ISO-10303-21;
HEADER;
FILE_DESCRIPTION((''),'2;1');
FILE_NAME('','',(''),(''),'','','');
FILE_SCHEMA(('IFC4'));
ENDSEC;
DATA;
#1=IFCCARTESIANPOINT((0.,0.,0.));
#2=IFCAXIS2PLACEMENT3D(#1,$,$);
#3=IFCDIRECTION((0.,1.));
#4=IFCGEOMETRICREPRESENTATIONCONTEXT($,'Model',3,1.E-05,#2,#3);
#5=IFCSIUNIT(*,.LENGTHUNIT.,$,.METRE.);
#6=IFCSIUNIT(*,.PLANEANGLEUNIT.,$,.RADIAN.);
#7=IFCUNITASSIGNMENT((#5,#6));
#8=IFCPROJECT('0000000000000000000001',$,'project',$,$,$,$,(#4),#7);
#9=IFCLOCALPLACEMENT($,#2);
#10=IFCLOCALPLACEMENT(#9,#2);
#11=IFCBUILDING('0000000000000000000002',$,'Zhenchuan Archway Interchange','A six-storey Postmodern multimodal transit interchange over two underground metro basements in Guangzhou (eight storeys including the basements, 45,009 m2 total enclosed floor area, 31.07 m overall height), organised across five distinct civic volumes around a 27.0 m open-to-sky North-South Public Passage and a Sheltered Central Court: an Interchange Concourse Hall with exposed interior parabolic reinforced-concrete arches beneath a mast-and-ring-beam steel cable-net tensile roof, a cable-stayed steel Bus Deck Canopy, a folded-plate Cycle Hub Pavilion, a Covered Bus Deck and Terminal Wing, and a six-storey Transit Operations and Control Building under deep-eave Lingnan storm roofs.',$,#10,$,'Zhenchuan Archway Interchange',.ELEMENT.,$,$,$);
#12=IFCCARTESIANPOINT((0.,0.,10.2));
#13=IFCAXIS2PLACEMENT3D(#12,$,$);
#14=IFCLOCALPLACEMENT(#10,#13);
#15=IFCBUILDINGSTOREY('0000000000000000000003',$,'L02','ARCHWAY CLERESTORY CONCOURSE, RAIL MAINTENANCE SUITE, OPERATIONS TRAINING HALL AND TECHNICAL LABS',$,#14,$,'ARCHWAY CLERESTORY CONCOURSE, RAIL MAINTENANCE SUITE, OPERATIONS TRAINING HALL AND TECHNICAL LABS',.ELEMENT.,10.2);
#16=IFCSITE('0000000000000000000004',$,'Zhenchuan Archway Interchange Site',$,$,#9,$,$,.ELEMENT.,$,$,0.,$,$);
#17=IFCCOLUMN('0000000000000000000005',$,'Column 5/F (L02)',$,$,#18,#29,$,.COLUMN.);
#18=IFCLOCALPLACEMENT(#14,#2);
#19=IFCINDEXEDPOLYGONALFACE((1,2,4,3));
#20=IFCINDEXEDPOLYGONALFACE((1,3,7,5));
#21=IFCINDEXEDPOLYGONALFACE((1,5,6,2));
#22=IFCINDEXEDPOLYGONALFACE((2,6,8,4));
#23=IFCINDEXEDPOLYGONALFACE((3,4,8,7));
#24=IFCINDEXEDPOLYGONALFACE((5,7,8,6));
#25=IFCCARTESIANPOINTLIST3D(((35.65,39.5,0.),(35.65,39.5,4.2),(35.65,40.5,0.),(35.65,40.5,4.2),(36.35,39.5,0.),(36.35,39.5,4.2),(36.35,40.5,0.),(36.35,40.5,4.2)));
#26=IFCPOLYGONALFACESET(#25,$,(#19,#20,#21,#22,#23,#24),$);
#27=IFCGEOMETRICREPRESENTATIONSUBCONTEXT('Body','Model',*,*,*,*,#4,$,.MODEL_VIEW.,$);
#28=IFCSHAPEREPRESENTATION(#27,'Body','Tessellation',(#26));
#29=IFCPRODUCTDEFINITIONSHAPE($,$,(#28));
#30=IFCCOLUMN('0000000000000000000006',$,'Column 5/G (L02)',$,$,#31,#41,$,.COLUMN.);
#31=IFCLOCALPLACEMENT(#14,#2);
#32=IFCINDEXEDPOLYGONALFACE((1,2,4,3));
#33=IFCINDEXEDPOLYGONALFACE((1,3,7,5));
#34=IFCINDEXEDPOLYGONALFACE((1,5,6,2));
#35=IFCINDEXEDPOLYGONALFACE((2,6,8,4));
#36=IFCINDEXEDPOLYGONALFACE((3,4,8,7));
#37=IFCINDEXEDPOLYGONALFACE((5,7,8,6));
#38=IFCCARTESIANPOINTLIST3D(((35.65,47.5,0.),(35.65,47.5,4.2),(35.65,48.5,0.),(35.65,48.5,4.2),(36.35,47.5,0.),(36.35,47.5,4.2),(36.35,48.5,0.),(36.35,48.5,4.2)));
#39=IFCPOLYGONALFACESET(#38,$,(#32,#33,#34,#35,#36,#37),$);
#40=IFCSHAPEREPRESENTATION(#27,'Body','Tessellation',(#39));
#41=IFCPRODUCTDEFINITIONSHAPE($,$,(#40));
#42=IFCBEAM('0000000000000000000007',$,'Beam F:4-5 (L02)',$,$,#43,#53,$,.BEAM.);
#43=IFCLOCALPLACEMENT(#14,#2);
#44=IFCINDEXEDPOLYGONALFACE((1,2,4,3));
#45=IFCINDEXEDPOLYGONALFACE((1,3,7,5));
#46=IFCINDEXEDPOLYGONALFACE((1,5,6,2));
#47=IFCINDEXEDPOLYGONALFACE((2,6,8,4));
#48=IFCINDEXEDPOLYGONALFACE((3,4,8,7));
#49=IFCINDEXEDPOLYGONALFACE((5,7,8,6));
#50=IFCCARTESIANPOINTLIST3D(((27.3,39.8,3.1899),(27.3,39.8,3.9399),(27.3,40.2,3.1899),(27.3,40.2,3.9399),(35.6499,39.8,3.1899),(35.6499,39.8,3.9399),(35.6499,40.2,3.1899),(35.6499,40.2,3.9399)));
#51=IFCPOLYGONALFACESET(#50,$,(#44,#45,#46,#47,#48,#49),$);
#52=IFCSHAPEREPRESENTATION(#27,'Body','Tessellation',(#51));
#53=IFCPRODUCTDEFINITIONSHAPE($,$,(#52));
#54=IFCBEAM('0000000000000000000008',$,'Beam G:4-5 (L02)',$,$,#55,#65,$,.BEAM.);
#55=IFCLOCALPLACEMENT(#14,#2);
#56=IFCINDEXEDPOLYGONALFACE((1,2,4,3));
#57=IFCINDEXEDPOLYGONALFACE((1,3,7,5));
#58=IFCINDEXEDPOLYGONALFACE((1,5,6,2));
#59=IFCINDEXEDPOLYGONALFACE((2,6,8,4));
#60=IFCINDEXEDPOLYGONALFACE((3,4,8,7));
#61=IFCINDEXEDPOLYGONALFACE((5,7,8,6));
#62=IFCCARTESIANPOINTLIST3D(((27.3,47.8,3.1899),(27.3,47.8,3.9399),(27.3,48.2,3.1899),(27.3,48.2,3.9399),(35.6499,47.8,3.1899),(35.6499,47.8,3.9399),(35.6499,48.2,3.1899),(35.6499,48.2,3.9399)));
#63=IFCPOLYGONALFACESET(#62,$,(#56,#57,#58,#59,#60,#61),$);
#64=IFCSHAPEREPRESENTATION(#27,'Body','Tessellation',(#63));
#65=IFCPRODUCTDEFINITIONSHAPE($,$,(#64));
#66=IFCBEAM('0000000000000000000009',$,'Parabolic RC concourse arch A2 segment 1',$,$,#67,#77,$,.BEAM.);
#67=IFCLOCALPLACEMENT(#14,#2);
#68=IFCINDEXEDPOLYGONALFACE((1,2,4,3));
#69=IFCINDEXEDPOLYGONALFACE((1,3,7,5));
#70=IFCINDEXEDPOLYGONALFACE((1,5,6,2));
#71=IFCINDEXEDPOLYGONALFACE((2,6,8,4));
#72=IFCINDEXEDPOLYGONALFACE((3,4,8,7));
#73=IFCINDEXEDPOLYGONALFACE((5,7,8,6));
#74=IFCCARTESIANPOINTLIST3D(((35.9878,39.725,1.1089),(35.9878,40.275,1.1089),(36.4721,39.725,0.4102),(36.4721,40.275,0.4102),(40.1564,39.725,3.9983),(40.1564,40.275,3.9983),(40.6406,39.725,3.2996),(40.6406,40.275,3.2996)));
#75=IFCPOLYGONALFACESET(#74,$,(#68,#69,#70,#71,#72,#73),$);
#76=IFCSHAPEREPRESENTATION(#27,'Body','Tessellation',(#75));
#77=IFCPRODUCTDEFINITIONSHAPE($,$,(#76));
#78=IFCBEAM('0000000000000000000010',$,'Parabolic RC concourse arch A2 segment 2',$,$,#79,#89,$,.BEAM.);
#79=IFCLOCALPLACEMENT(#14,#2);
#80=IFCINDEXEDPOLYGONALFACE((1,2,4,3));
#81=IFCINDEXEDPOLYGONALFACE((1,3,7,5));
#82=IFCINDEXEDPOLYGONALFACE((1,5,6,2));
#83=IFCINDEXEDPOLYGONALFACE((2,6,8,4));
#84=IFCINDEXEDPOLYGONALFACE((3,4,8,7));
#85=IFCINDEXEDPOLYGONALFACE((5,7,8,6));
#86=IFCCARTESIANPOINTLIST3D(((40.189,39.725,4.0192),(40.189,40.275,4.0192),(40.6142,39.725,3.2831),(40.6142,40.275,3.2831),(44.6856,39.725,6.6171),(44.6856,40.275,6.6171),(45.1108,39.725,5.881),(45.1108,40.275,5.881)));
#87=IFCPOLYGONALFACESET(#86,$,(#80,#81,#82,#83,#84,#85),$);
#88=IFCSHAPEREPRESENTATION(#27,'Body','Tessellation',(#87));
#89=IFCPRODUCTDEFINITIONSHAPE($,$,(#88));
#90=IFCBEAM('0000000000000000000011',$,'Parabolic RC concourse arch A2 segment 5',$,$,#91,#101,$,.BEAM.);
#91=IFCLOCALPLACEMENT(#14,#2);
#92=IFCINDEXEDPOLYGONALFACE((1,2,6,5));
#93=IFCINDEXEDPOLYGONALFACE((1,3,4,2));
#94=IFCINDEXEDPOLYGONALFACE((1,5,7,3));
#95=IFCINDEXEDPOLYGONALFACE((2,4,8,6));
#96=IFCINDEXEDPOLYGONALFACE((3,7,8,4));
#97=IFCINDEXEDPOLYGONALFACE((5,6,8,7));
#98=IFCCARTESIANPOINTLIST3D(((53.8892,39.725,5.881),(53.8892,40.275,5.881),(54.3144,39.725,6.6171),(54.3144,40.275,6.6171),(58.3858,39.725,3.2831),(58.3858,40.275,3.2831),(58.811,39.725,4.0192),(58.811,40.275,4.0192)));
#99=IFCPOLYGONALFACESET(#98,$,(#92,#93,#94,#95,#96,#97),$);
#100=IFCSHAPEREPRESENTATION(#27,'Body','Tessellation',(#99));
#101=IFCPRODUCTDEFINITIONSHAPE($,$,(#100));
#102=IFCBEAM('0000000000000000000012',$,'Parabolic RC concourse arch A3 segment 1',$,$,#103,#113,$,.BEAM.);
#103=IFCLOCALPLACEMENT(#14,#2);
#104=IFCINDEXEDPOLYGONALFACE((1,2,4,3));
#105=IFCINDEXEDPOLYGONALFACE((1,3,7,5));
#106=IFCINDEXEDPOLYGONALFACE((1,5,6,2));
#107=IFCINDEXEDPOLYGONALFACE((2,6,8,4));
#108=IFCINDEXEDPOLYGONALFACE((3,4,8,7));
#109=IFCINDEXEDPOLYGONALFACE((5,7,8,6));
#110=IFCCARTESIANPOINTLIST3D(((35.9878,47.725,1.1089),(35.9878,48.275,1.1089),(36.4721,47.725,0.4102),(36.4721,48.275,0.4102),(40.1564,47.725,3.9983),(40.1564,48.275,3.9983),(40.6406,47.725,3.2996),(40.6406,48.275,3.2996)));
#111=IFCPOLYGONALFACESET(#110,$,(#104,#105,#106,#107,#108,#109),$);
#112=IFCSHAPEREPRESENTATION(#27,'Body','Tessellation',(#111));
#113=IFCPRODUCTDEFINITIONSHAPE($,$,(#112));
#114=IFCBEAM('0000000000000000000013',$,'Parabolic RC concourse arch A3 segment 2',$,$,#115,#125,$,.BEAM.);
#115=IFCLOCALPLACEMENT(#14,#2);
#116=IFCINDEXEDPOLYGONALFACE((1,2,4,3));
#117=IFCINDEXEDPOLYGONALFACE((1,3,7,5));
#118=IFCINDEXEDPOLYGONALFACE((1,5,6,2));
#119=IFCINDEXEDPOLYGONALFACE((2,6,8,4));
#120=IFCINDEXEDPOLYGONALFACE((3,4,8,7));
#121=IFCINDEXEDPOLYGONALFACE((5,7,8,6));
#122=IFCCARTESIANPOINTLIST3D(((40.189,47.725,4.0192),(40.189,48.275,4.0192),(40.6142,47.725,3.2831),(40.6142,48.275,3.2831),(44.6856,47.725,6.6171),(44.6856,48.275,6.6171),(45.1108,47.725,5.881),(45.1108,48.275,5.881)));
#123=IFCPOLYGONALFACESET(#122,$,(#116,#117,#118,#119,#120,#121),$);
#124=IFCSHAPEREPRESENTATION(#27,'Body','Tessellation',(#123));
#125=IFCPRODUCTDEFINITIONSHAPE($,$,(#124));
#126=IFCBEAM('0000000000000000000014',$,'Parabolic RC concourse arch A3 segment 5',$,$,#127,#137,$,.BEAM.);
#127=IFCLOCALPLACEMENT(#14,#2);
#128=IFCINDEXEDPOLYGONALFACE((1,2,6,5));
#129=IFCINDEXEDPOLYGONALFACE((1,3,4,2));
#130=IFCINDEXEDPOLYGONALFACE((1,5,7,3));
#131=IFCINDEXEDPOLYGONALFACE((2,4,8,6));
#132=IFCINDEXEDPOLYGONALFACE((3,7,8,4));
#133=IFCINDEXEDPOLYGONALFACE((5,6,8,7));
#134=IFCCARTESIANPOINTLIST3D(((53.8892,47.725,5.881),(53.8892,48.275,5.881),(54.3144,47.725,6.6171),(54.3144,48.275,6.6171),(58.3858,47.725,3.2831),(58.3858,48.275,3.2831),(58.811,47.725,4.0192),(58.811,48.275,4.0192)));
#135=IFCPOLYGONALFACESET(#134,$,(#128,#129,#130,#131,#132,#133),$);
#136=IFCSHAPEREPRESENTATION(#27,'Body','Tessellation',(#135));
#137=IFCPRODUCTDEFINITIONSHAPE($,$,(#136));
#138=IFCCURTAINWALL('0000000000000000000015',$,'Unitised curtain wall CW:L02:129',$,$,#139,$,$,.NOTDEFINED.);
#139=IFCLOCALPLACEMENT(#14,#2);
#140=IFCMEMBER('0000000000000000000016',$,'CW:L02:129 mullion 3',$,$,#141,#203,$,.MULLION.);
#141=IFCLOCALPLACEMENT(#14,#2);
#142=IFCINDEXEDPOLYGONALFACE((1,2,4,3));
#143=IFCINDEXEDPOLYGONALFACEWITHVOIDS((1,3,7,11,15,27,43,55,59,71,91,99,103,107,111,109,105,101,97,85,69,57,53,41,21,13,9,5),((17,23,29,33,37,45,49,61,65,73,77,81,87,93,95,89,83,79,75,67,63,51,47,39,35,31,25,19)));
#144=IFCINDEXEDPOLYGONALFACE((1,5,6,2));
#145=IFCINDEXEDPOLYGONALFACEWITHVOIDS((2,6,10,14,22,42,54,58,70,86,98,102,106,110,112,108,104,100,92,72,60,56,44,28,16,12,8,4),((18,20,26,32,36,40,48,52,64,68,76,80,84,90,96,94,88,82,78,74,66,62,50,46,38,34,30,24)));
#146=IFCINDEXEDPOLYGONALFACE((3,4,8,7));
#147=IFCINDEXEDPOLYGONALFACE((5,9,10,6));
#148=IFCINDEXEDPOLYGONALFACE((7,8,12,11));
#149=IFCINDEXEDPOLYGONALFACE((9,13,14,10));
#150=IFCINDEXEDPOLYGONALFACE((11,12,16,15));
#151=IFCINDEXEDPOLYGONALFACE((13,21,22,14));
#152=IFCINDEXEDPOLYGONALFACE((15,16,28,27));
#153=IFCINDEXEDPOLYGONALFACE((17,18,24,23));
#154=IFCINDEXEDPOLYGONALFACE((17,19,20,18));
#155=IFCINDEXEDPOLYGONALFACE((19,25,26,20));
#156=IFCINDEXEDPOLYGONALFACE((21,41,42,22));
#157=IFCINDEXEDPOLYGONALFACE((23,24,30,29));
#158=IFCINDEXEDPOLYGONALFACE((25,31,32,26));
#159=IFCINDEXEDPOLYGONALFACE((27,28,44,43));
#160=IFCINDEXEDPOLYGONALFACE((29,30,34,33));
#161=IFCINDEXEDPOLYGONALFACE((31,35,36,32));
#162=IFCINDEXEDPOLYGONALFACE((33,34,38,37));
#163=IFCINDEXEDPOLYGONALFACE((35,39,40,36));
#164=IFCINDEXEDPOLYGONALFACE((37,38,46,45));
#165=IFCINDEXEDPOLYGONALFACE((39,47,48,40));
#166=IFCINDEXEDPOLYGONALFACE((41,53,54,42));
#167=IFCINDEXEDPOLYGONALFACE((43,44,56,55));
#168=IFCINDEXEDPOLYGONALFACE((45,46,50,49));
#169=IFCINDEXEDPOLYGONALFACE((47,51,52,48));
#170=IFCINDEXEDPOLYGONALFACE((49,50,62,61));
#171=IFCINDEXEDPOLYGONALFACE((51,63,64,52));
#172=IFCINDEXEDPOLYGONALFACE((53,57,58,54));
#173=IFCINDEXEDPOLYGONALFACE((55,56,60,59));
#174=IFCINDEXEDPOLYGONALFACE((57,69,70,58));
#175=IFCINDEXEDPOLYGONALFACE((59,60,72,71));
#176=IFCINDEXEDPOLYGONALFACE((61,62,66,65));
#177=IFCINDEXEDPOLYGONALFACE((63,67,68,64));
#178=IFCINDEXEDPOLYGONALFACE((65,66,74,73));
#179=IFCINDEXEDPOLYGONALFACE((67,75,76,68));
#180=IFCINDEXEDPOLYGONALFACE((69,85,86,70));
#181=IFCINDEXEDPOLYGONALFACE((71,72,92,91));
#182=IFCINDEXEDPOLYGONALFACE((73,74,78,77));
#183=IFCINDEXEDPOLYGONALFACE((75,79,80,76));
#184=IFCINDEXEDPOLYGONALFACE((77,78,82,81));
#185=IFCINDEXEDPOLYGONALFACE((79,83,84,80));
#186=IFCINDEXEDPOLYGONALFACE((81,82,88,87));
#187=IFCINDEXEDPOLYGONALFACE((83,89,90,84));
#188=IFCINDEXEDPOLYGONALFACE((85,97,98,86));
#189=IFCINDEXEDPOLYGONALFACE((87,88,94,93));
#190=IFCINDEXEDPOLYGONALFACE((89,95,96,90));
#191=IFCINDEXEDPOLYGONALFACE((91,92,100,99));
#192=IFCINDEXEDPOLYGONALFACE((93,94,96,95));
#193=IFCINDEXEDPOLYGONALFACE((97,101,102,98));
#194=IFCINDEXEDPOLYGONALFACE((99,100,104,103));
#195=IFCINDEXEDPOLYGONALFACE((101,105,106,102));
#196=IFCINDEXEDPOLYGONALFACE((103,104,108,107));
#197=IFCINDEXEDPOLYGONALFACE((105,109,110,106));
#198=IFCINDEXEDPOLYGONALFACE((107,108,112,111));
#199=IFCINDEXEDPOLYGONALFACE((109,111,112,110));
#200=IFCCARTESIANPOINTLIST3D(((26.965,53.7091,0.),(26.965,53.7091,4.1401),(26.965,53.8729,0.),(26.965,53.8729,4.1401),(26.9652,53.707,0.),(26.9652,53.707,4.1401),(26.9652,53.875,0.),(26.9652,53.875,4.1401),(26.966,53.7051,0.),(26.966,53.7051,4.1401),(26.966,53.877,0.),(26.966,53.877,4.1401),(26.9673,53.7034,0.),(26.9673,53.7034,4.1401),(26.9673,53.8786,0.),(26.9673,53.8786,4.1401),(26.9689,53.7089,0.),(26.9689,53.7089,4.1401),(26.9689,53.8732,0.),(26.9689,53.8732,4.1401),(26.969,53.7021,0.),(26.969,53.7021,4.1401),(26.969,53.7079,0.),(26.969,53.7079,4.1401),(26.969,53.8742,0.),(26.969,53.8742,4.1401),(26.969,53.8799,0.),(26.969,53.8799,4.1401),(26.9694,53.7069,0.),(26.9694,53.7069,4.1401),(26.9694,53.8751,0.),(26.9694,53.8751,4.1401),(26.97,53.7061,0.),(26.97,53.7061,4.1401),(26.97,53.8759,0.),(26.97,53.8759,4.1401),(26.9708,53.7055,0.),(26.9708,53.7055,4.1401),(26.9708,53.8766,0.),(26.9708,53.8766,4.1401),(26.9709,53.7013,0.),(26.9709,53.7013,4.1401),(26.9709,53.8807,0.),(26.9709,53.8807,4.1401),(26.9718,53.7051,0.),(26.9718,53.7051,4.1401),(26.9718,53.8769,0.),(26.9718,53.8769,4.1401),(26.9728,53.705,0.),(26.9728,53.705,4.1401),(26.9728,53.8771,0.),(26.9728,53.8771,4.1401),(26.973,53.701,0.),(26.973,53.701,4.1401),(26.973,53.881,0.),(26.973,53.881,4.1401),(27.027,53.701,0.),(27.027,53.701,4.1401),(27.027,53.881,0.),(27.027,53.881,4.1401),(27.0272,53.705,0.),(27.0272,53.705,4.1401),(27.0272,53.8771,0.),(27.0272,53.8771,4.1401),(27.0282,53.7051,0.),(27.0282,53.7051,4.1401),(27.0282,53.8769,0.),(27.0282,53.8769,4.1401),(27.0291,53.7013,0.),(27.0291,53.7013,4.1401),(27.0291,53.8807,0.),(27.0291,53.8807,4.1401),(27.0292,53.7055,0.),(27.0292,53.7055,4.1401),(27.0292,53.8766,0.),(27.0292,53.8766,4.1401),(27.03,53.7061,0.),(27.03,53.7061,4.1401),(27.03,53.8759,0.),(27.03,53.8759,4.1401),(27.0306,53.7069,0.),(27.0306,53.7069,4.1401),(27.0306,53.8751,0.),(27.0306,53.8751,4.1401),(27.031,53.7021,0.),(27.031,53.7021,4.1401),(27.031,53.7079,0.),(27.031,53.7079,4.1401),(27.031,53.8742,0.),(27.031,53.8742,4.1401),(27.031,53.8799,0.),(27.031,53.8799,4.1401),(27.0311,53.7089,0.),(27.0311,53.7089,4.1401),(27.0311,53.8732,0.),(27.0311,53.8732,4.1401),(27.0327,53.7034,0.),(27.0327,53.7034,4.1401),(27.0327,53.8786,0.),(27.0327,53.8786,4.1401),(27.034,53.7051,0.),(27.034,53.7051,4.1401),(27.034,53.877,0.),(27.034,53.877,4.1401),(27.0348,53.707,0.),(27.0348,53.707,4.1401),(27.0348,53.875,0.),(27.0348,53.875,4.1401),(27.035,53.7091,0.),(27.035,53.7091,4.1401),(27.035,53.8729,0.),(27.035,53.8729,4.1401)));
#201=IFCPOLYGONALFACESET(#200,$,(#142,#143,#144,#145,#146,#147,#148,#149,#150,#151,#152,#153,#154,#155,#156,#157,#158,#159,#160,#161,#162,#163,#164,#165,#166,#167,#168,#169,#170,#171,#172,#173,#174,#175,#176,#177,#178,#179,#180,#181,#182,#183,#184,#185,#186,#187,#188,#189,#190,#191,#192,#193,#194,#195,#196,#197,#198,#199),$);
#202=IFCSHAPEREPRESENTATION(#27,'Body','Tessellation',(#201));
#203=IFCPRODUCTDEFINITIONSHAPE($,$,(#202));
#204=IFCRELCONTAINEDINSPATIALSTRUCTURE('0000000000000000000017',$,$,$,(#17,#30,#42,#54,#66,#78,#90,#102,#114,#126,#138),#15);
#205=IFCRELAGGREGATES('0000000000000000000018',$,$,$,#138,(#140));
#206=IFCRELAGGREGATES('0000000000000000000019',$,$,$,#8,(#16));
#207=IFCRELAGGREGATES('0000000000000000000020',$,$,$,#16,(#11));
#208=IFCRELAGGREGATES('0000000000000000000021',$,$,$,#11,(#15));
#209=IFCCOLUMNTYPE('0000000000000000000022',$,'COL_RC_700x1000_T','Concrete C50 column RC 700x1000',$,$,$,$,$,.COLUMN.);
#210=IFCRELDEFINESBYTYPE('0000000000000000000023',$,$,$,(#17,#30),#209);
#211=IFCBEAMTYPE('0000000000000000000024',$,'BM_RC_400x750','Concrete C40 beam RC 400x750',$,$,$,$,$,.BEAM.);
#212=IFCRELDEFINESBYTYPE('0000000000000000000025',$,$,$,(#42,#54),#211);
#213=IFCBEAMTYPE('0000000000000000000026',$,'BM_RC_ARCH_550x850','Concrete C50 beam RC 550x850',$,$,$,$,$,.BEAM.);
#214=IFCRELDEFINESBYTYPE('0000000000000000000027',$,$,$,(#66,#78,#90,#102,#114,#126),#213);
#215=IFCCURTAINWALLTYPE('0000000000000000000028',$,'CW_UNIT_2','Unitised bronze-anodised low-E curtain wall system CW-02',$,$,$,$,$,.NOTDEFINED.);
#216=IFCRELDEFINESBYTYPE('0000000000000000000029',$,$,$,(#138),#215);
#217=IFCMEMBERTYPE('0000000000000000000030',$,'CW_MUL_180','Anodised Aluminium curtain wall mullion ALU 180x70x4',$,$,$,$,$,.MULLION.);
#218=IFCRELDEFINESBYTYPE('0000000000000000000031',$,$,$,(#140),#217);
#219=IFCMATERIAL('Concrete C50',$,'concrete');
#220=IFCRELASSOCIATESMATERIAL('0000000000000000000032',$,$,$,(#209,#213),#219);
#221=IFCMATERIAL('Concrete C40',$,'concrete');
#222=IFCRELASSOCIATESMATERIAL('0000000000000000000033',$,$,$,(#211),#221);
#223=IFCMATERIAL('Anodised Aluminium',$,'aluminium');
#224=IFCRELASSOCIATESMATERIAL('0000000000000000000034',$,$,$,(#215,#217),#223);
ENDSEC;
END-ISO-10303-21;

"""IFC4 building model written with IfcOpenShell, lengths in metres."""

from ifc_helpers import new_model, si_unit, direction, frame, origin, origin_2d, place, context, subcontext, project, spatial, rectangle, hollow_rectangle, extrude, material, material_profile, profile_set, type_object, element, aggregate, save


model = new_model("IFC4")

# Units and contexts
model_context = context("Model", 3, precision=1e-05, world=origin(), true_north=direction((0.0, 1.0)))
body_context = subcontext(model_context, "Body", "Model", "MODEL_VIEW")
ifc_project = project(units=[si_unit("LENGTHUNIT", "METRE"), si_unit("PLANEANGLEUNIT", "RADIAN")], contexts=[model_context])

# Site, building, storey
site_placement = place(None, origin())
site = spatial("IfcSite", under=ifc_project, at=site_placement, Name="Zhenchuan Archway Interchange Site", CompositionType="ELEMENT", RefElevation=0.0)
building_placement = place(site_placement, origin())
building = spatial("IfcBuilding", under=site, at=building_placement, Name="Zhenchuan Archway Interchange", Description="A six-storey Postmodern multimodal transit interchange over two underground metro basements in Guangzhou (eight storeys including the basements, 45,009 m2 total enclosed floor area, 31.07 m overall height), organised across five distinct civic volumes around a 27.0 m open-to-sky North-South Public Passage and a Sheltered Central Court: an Interchange Concourse Hall with exposed interior parabolic reinforced-concrete arches beneath a mast-and-ring-beam steel cable-net tensile roof, a cable-stayed steel Bus Deck Canopy, a folded-plate Cycle Hub Pavilion, a Covered Bus Deck and Terminal Wing, and a six-storey Transit Operations and Control Building under deep-eave Lingnan storm roofs.", LongName="Zhenchuan Archway Interchange", CompositionType="ELEMENT")
storey_placement = place(building_placement, frame((0.0, 0.0, 10.2)))
storey = spatial("IfcBuildingStorey", under=building, at=storey_placement, Name="L02", Description="ARCHWAY CLERESTORY CONCOURSE, RAIL MAINTENANCE SUITE, OPERATIONS TRAINING HALL AND TECHNICAL LABS", LongName="ARCHWAY CLERESTORY CONCOURSE, RAIL MAINTENANCE SUITE, OPERATIONS TRAINING HALL AND TECHNICAL LABS", CompositionType="ELEMENT", Elevation=10.2)

# Columns
ifc_material_1 = material(Name="Concrete C50", Category="concrete")
ifc_material_profile_1 = material_profile(ifc_material_1, rectangle(XDim=0.7, YDim=1.0, at=origin_2d()), Name="RC 700x1000")
ifc_profile_set_1 = profile_set([ifc_material_profile_1], Name="Concrete C50")
column_type = type_object("IfcColumnType", Name="COL_RC_700x1000_T", Description="Concrete C50 column RC 700x1000", PredefinedType="COLUMN", material=ifc_profile_set_1)
for number, where, z_axis, x_axis, name in (
    (1, (36.0, 40.0, 0.0), (0.0, 0.0, 1.0), (1.0, 0.0, 0.0), "Column 5/F (L02)"),
    (2, (36.0, 48.0, 0.0), (0.0, 0.0, 1.0), (1.0, 0.0, 0.0), "Column 5/G (L02)"),
):
    element("IfcColumn", number, at=place(storey_placement, frame(where, z_axis=z_axis, x_axis=x_axis)), inside=storey, type_object=column_type, Name=name, PredefinedType="COLUMN", context=body_context, shape_type="SweptSolid", body=[
        extrude(rectangle(XDim=0.7, YDim=1.0, at=origin_2d()), origin(), (0.0, 0.0, 1.0), 4.2),
    ])

# Beams
ifc_material_2 = material(Name="Concrete C40", Category="concrete")
ifc_material_profile_2 = material_profile(ifc_material_2, rectangle(XDim=0.3999, YDim=0.75, at=origin_2d()), Name="RC 400x750")
ifc_profile_set_2 = profile_set([ifc_material_profile_2], Name="Concrete C40")
beam_type_1 = type_object("IfcBeamType", Name="BM_RC_400x750", Description="Concrete C40 beam RC 400x750", PredefinedType="BEAM", material=ifc_profile_set_2)
for number, where, z_axis, x_axis, name in (
    (3, (27.3, 40.0, 3.5649), (1.0, 0.0, 0.0), (0.0, 1.0, 0.0), "Beam F:4-5 (L02)"),
    (4, (27.3, 48.0, 3.5649), (1.0, 0.0, 0.0), (0.0, 1.0, 0.0), "Beam G:4-5 (L02)"),
):
    element("IfcBeam", number, at=place(storey_placement, frame(where, z_axis=z_axis, x_axis=x_axis)), inside=storey, type_object=beam_type_1, Name=name, PredefinedType="BEAM", context=body_context, shape_type="SweptSolid", body=[
        extrude(rectangle(XDim=0.3999, YDim=0.75, at=origin_2d()), origin(), (0.0, 0.0, 1.0), 8.3499),
    ])
ifc_material_profile_3 = material_profile(ifc_material_1, rectangle(XDim=0.55, YDim=0.8501, at=origin_2d()), Name="RC 550x850")
ifc_profile_set_3 = profile_set([ifc_material_profile_3], Name="Concrete C50")
beam_type_2 = type_object("IfcBeamType", Name="BM_RC_ARCH_550x850", Description="Concrete C50 beam RC 550x850", PredefinedType="BEAM", material=ifc_profile_set_3)
beam_1_placement = place(storey_placement, frame((36.23, 40.0, 0.7595), z_axis=(0.821865, 0.0, 0.569683), x_axis=(0.0, 1.0, 0.0)))
element("IfcBeam", 5, at=beam_1_placement, inside=storey, type_object=beam_type_2, Name="Parabolic RC concourse arch A2 segment 1", PredefinedType="BEAM", context=body_context, shape_type="SweptSolid", body=[
    extrude(rectangle(XDim=0.55, YDim=0.8501, at=origin_2d()), origin(), (0.0, 0.0, 1.0), 5.072),
])
for number, where, z_axis, x_axis, name in (
    (6, (40.4016, 40.0, 3.6511), (0.865875, 0.0, 0.50026), (0.0, 1.0, 0.0), "Parabolic RC concourse arch A2 segment 2"),
    (7, (54.1018, 40.0, 6.249), (0.865875, 0.0, -0.50026), (0.0, 1.0, 0.0), "Parabolic RC concourse arch A2 segment 5"),
):
    element("IfcBeam", number, at=place(storey_placement, frame(where, z_axis=z_axis, x_axis=x_axis)), inside=storey, type_object=beam_type_2, Name=name, PredefinedType="BEAM", context=body_context, shape_type="SweptSolid", body=[
        extrude(rectangle(XDim=0.55, YDim=0.8501, at=origin_2d()), origin(), (0.0, 0.0, 1.0), 5.1931),
    ])
beam_2_placement = place(storey_placement, frame((36.23, 48.0, 0.7595), z_axis=(0.821865, 0.0, 0.569683), x_axis=(0.0, 1.0, 0.0)))
element("IfcBeam", 8, at=beam_2_placement, inside=storey, type_object=beam_type_2, Name="Parabolic RC concourse arch A3 segment 1", PredefinedType="BEAM", context=body_context, shape_type="SweptSolid", body=[
    extrude(rectangle(XDim=0.55, YDim=0.8501, at=origin_2d()), origin(), (0.0, 0.0, 1.0), 5.072),
])
for number, where, z_axis, x_axis, name in (
    (9, (40.4016, 48.0, 3.6511), (0.865875, 0.0, 0.50026), (0.0, 1.0, 0.0), "Parabolic RC concourse arch A3 segment 2"),
    (10, (54.1018, 48.0, 6.249), (0.865875, 0.0, -0.50026), (0.0, 1.0, 0.0), "Parabolic RC concourse arch A3 segment 5"),
):
    element("IfcBeam", number, at=place(storey_placement, frame(where, z_axis=z_axis, x_axis=x_axis)), inside=storey, type_object=beam_type_2, Name=name, PredefinedType="BEAM", context=body_context, shape_type="SweptSolid", body=[
        extrude(rectangle(XDim=0.55, YDim=0.8501, at=origin_2d()), origin(), (0.0, 0.0, 1.0), 5.1931),
    ])

# Curtain wall, member
ifc_material_3 = material(Name="Anodised Aluminium", Category="aluminium")
curtain_wall_type = type_object("IfcCurtainWallType", Name="CW_UNIT_2", Description="Unitised bronze-anodised low-E curtain wall system CW-02", PredefinedType="NOTDEFINED", material=ifc_material_3)
curtain_wall_placement = place(storey_placement, origin())
curtain_wall = element("IfcCurtainWall", 11, at=curtain_wall_placement, inside=storey, type_object=curtain_wall_type, Name="Unitised curtain wall CW:L02:129", PredefinedType="NOTDEFINED")
ifc_material_profile_4 = material_profile(ifc_material_3, hollow_rectangle(XDim=0.0701, YDim=0.1799, WallThickness=0.0039, InnerFilletRadius=0.0039, OuterFilletRadius=0.0081, at=origin_2d()), Name="ALU 180x70x4")
ifc_profile_set_4 = profile_set([ifc_material_profile_4], Name="Anodised Aluminium")
member_type_1 = type_object("IfcMemberType", Name="CW_MUL_180", Description="Anodised Aluminium curtain wall mullion ALU 180x70x4", PredefinedType="MULLION", material=ifc_profile_set_4)
member_1_placement = place(storey_placement, frame((27.0, 53.791, 0.0), z_axis=(0.0, 0.0, 1.0), x_axis=(1.0, 0.0, 0.0)))
member_1 = element("IfcMember", 12, at=member_1_placement, type_object=member_type_1, Name="CW:L02:129 mullion 3", PredefinedType="MULLION", context=body_context, shape_type="SweptSolid", body=[
    extrude(hollow_rectangle(XDim=0.0701, YDim=0.1799, WallThickness=0.0039, InnerFilletRadius=0.0039, OuterFilletRadius=0.0081, at=origin_2d()), origin(), (0.0, 0.0, 1.0), 4.1401),
])

aggregate(curtain_wall, [member_1])

save(model, "model.ifc")
